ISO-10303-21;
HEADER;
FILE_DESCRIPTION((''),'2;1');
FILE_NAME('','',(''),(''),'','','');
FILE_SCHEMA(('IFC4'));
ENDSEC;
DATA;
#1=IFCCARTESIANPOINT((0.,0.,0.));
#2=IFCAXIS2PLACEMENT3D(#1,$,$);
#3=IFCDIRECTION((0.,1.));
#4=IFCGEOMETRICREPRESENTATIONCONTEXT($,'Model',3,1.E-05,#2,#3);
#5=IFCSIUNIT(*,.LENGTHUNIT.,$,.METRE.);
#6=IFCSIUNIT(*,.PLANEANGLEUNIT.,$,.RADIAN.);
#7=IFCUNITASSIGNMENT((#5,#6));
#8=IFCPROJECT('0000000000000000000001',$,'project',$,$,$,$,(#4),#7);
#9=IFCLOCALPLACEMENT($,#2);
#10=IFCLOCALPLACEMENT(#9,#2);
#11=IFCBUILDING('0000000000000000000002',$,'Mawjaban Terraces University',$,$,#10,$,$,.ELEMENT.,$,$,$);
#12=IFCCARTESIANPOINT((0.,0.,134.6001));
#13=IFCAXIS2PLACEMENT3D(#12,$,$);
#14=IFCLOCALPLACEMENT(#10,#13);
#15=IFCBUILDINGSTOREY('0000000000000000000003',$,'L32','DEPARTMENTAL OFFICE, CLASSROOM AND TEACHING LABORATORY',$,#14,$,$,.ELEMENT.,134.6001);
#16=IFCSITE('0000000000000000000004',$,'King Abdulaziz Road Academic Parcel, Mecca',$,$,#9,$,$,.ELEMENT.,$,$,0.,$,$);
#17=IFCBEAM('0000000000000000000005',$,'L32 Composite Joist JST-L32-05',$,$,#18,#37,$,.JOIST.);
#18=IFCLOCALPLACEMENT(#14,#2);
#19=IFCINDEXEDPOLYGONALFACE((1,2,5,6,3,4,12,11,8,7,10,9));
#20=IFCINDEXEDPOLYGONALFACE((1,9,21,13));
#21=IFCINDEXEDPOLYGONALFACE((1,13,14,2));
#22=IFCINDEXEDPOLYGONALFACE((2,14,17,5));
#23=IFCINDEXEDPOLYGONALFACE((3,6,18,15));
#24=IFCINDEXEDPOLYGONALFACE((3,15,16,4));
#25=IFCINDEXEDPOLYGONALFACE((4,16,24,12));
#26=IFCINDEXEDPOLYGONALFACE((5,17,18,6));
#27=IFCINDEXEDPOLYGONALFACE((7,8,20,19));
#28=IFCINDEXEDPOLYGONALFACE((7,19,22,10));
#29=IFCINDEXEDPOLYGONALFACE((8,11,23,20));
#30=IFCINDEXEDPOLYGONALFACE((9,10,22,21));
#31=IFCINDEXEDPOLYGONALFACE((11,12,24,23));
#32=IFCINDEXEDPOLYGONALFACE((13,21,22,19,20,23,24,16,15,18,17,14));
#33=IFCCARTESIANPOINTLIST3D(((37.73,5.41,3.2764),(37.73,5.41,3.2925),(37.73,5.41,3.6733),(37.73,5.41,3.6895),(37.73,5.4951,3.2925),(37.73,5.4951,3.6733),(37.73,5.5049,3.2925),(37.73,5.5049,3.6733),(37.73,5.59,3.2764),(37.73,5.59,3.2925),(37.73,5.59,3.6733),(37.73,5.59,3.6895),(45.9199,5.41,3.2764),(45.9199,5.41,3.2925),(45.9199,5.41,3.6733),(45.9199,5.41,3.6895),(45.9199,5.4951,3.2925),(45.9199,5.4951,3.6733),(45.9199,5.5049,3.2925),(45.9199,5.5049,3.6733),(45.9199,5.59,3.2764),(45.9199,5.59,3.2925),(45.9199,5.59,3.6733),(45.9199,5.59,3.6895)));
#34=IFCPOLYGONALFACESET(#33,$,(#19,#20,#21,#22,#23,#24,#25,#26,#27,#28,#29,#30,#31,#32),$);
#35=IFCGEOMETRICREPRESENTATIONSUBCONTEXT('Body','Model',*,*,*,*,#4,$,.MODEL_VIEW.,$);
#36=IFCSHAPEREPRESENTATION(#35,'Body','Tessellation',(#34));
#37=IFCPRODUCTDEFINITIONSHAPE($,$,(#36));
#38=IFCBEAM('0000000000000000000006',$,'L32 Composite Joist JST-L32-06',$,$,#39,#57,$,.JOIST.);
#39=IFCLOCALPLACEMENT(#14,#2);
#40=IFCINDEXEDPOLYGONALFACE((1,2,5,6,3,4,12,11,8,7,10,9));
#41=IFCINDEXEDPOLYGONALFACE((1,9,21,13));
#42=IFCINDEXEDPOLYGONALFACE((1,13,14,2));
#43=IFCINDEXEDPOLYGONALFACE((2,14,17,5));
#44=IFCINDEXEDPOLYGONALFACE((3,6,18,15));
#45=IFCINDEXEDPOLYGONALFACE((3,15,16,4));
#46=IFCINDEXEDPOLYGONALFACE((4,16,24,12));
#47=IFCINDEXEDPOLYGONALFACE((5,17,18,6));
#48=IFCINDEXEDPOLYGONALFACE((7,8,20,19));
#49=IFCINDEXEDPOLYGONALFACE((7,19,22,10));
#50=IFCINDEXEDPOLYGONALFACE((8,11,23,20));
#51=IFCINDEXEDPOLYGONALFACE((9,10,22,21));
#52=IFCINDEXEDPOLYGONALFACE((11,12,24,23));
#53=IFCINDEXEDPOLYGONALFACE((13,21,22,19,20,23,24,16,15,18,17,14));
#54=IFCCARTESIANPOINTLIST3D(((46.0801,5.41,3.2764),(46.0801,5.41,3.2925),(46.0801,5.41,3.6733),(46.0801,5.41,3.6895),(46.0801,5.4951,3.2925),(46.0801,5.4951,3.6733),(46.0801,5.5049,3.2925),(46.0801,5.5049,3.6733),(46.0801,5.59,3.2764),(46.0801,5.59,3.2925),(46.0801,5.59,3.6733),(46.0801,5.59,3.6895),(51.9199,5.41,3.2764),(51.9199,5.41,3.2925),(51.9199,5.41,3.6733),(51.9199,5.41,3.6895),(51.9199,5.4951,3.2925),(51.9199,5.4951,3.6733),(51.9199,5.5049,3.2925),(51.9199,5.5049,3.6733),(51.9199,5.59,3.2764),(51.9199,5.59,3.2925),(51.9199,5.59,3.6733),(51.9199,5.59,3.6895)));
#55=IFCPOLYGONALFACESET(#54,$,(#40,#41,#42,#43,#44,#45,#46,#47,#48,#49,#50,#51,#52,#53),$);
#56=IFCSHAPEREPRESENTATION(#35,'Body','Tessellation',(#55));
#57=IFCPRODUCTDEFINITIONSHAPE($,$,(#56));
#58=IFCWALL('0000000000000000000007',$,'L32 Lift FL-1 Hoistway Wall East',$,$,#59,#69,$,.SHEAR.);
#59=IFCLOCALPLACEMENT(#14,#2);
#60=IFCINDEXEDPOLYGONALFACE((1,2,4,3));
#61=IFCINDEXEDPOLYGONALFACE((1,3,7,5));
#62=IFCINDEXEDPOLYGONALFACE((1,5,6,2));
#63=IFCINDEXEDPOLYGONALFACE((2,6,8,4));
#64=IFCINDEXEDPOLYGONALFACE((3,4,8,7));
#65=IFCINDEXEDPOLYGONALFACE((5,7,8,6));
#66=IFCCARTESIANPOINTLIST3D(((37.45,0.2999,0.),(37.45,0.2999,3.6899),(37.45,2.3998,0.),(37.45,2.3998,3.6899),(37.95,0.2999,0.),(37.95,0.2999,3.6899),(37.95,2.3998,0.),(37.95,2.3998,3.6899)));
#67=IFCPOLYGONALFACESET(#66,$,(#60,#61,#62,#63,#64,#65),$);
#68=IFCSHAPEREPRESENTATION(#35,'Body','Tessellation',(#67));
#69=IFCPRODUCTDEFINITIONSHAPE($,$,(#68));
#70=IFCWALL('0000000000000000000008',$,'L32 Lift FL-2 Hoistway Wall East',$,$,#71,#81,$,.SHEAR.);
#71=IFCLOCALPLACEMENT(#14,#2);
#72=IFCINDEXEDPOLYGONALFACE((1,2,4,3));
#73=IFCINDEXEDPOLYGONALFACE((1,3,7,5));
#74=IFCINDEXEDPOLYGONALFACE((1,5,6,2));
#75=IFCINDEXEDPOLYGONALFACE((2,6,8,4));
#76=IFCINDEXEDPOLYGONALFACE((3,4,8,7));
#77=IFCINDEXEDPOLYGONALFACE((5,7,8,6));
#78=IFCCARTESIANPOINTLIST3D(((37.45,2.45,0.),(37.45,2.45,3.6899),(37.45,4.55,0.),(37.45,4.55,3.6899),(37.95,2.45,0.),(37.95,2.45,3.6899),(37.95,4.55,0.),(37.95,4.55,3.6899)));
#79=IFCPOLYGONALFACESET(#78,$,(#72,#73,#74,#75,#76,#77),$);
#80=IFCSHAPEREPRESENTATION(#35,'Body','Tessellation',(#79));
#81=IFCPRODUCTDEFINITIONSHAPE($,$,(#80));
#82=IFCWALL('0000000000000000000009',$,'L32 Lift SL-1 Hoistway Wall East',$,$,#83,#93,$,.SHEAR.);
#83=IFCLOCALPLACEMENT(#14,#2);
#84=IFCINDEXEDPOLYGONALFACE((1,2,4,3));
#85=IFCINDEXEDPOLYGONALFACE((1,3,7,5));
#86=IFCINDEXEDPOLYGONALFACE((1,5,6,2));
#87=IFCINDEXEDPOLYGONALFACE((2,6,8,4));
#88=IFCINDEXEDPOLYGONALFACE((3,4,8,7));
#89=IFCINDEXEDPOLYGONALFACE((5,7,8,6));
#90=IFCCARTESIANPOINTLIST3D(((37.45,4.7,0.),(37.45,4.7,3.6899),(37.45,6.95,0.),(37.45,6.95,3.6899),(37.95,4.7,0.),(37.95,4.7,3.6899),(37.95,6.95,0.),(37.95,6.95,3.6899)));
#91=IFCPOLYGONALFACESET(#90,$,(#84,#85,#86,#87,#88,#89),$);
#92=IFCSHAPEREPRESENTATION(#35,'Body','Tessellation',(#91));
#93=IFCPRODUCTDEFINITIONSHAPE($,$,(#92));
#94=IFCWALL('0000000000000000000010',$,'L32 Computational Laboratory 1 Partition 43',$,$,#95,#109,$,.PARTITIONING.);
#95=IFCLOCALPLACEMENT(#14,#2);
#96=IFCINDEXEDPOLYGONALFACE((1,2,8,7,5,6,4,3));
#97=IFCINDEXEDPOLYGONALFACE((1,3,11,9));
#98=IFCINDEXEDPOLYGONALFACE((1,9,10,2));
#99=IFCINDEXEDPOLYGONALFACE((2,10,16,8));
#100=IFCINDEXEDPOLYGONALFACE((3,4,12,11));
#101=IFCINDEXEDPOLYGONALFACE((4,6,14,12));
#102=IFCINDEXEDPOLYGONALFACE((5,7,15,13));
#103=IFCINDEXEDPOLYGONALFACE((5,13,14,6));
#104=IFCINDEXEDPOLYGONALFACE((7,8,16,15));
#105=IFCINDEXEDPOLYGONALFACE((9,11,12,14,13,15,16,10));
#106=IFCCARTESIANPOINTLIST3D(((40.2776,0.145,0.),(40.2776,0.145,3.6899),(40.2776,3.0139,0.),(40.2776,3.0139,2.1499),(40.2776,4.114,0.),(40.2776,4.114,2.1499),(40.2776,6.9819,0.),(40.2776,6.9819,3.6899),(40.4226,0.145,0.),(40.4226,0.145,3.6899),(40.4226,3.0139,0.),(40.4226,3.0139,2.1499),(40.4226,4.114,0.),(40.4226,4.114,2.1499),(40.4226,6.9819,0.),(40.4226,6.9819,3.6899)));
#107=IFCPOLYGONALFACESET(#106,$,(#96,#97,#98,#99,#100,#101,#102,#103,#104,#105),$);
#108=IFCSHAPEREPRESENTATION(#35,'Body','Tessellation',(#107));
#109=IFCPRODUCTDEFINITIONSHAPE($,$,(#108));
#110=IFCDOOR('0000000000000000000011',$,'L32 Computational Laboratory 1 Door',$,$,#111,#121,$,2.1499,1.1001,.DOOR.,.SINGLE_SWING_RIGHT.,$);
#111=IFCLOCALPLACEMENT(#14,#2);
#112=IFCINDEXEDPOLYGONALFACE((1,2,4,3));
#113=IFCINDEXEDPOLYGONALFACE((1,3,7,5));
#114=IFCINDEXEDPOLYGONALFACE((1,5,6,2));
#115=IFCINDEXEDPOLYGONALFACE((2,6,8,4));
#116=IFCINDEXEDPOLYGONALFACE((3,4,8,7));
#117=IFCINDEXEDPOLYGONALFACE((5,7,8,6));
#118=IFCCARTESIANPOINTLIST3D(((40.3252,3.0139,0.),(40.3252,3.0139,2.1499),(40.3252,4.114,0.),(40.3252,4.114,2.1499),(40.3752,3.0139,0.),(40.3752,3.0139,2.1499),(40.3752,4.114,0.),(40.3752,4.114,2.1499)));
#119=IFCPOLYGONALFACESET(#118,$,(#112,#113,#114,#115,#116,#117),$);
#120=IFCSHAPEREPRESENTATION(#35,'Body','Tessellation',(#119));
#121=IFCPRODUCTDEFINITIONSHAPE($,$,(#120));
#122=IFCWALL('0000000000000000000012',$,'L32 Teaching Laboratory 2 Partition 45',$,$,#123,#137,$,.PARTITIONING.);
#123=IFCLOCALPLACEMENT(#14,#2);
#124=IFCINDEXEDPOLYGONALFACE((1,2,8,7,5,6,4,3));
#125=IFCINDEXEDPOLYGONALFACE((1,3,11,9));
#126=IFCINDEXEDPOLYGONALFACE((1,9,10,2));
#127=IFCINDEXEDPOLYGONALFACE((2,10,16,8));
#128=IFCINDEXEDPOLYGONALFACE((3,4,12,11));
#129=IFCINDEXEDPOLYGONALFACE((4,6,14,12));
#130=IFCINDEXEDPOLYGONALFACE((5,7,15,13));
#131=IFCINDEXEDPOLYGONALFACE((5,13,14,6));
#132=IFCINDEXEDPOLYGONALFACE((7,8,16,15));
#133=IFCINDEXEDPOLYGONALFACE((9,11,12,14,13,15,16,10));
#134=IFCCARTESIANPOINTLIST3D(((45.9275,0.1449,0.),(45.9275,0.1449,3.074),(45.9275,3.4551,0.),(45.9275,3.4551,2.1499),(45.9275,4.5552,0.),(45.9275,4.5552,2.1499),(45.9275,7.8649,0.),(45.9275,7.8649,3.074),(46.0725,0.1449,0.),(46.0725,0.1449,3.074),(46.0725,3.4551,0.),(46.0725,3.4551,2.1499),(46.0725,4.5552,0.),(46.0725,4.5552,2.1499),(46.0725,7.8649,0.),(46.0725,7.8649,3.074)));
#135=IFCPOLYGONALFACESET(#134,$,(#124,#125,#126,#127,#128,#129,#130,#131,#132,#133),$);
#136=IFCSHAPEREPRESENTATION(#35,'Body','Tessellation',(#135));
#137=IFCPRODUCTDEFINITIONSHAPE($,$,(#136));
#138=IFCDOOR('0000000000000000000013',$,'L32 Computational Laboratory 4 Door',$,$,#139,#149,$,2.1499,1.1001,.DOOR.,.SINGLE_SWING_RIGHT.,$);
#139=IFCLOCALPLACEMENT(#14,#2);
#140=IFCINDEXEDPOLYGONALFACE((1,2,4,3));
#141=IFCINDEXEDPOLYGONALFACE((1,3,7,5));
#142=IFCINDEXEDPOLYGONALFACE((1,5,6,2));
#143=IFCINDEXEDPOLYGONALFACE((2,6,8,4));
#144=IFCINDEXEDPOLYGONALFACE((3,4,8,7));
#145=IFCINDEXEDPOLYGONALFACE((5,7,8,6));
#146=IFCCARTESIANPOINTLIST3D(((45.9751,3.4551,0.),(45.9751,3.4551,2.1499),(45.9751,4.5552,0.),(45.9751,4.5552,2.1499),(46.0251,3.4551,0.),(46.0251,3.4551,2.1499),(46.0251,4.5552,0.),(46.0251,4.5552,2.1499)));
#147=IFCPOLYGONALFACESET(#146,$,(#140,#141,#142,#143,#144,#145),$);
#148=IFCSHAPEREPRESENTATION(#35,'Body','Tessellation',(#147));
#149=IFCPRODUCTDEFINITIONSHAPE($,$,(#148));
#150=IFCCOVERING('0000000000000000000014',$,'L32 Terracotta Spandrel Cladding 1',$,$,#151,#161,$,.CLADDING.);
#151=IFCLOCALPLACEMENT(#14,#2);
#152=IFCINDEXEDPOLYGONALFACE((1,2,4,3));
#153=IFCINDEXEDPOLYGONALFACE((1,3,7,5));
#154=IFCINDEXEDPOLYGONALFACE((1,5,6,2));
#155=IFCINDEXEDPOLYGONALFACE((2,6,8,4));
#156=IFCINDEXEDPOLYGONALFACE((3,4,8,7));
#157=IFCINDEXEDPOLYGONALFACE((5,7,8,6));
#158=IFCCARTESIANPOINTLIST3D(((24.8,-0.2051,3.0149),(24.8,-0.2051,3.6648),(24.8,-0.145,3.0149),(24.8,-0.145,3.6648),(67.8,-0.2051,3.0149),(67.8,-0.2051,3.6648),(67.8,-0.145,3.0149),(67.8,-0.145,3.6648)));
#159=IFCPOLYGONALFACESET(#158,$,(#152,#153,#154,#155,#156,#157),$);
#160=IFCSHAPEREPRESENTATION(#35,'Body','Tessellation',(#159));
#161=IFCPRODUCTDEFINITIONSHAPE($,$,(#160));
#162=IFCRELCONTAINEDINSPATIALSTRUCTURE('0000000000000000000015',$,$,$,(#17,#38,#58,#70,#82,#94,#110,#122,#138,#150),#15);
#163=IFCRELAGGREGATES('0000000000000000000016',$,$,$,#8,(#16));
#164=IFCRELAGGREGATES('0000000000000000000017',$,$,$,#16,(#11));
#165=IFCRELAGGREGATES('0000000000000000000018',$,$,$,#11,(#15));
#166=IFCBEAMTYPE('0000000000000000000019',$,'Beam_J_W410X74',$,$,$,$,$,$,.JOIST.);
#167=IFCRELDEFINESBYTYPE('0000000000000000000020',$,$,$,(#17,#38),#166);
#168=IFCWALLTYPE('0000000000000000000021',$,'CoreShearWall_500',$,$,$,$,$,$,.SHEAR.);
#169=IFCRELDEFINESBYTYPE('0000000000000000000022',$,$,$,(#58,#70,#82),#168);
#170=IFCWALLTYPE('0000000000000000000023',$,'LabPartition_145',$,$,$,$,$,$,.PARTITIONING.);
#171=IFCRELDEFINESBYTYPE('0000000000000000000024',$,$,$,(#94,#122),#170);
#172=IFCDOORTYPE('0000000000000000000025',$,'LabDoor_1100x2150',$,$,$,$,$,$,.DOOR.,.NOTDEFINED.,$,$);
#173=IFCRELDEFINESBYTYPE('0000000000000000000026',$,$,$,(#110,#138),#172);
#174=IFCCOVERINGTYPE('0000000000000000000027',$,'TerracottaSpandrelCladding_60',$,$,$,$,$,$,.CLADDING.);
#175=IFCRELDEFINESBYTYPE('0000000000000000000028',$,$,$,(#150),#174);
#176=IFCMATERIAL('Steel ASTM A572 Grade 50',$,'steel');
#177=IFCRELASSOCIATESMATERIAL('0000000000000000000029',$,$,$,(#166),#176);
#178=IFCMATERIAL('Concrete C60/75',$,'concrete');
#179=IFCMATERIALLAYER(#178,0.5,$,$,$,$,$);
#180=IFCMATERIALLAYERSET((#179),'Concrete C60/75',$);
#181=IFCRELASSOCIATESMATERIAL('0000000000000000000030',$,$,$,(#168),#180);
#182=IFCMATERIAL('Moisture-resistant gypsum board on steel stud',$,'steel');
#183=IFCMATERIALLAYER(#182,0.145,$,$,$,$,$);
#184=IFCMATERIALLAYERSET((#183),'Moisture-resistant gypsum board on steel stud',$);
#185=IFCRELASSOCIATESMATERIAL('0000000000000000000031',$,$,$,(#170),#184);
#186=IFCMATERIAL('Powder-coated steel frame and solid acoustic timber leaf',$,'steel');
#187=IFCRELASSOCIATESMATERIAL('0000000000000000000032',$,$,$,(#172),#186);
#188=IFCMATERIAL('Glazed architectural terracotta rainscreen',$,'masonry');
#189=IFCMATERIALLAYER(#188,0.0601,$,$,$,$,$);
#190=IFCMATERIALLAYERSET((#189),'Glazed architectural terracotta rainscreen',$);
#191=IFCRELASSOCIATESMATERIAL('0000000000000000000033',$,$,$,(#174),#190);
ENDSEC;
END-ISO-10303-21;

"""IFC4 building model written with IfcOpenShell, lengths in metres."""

from ifc_helpers import new_model, si_unit, direction, frame, frame_2d, origin, origin_2d, place, context, subcontext, project, spatial, rectangle, i_section, extrude, material, layer, layer_set, material_profile, profile_set, type_object, element, fill, save


model = new_model("IFC4")

# Units and contexts
model_context = context("Model", 3, precision=1e-05, world=origin(), true_north=direction((0.0, 1.0)))
body_context = subcontext(model_context, "Body", "Model", "MODEL_VIEW")
ifc_project = project(units=[si_unit("LENGTHUNIT", "METRE"), si_unit("PLANEANGLEUNIT", "RADIAN")], contexts=[model_context])

# Site, building, storey
site_placement = place(None, origin())
site = spatial("IfcSite", under=ifc_project, at=site_placement, Name="King Abdulaziz Road Academic Parcel, Mecca", CompositionType="ELEMENT", RefElevation=0.0)
building_placement = place(site_placement, origin())
building = spatial("IfcBuilding", under=site, at=building_placement, Name="Mawjaban Terraces University", CompositionType="ELEMENT")
storey_placement = place(building_placement, frame((0.0, 0.0, 134.6001)))
storey = spatial("IfcBuildingStorey", under=building, at=storey_placement, Name="L32", Description="DEPARTMENTAL OFFICE, CLASSROOM AND TEACHING LABORATORY", CompositionType="ELEMENT", Elevation=134.6001)

# Shared definitions
ifc_material_1 = material(Name="Concrete C60/75", Category="concrete")

# Beams
ifc_material_2 = material(Name="Steel ASTM A572 Grade 50", Category="steel")
ifc_material_profile_1 = material_profile(ifc_material_2, i_section(OverallWidth=0.1799, OverallDepth=0.4131, WebThickness=0.0098, FlangeThickness=0.0161, at=origin_2d()), Name="W410X74")
ifc_profile_set_1 = profile_set([ifc_material_profile_1], Name="Steel ASTM A572 Grade 50")
beam_type_1 = type_object("IfcBeamType", Name="Beam_J_W410X74", PredefinedType="JOIST", material=ifc_profile_set_1)
beam_1_placement = place(storey_placement, frame((37.73, 5.5, 3.4829), z_axis=(1.0, 0.0, 0.0), x_axis=(0.0, 1.0, 0.0)))
element("IfcBeam", 1, at=beam_1_placement, inside=storey, type_object=beam_type_1, Name="L32 Composite Joist JST-L32-05", PredefinedType="JOIST", context=body_context, shape_type="SweptSolid", body=[
    extrude(i_section(OverallWidth=0.1799, OverallDepth=0.4131, WebThickness=0.0098, FlangeThickness=0.0161, at=origin_2d()), origin(), (0.0, 0.0, 1.0), 8.1899),
])
beam_2_placement = place(storey_placement, frame((46.0801, 5.5, 3.4829), z_axis=(1.0, 0.0, 0.0), x_axis=(0.0, 1.0, 0.0)))
element("IfcBeam", 2, at=beam_2_placement, inside=storey, type_object=beam_type_1, Name="L32 Composite Joist JST-L32-06", PredefinedType="JOIST", context=body_context, shape_type="SweptSolid", body=[
    extrude(i_section(OverallWidth=0.1799, OverallDepth=0.4131, WebThickness=0.0098, FlangeThickness=0.0161, at=origin_2d()), origin(), (0.0, 0.0, 1.0), 5.8398),
])

# Walls
ifc_layer_1 = layer(ifc_material_1, 0.5)
ifc_layer_set_1 = layer_set([ifc_layer_1], Name="Concrete C60/75")
wall_type_1 = type_object("IfcWallType", Name="CoreShearWall_500", PredefinedType="SHEAR", material=ifc_layer_set_1)
wall_1_placement = place(storey_placement, frame((37.7, 0.3, 0.0), z_axis=(0.0, 0.0, 1.0), x_axis=(0.0, 1.0, 0.0)))
element("IfcWall", 3, at=wall_1_placement, inside=storey, type_object=wall_type_1, Name="L32 Lift FL-1 Hoistway Wall East", PredefinedType="SHEAR", context=body_context, shape_type="SweptSolid", body=[
    extrude(rectangle(XDim=2.0999, YDim=0.5, at=frame_2d((1.0498, 0.0))), origin(), (0.0, 0.0, 1.0), 3.6899),
])
wall_2_placement = place(storey_placement, frame((37.7, 2.45, 0.0), z_axis=(0.0, 0.0, 1.0), x_axis=(0.0, 1.0, 0.0)))
element("IfcWall", 4, at=wall_2_placement, inside=storey, type_object=wall_type_1, Name="L32 Lift FL-2 Hoistway Wall East", PredefinedType="SHEAR", context=body_context, shape_type="SweptSolid", body=[
    extrude(rectangle(XDim=2.1001, YDim=0.5, at=frame_2d((1.05, 0.0))), origin(), (0.0, 0.0, 1.0), 3.6899),
])
wall_3_placement = place(storey_placement, frame((37.7, 4.7, 0.0), z_axis=(0.0, 0.0, 1.0), x_axis=(0.0, 1.0, 0.0)))
element("IfcWall", 5, at=wall_3_placement, inside=storey, type_object=wall_type_1, Name="L32 Lift SL-1 Hoistway Wall East", PredefinedType="SHEAR", context=body_context, shape_type="SweptSolid", body=[
    extrude(rectangle(XDim=2.25, YDim=0.5, at=frame_2d((1.125, 0.0))), origin(), (0.0, 0.0, 1.0), 3.6899),
])

# Walls, openings, doors
ifc_material_3 = material(Name="Moisture-resistant gypsum board on steel stud", Category="steel")
ifc_layer_2 = layer(ifc_material_3, 0.145)
ifc_layer_set_2 = layer_set([ifc_layer_2], Name="Moisture-resistant gypsum board on steel stud")
wall_type_2 = type_object("IfcWallType", Name="LabPartition_145", PredefinedType="PARTITIONING", material=ifc_layer_set_2)
wall_4_placement = place(storey_placement, frame((40.3501, 0.145, 0.0), z_axis=(0.0, 0.0, 1.0), x_axis=(0.0, 1.0, 0.0)))
wall_4 = element("IfcWall", 6, at=wall_4_placement, inside=storey, type_object=wall_type_2, Name="L32 Computational Laboratory 1 Partition 43", PredefinedType="PARTITIONING", context=body_context, shape_type="SweptSolid", body=[
    extrude(rectangle(XDim=6.8369, YDim=0.145, at=frame_2d((3.4185, 0.0))), origin(), (0.0, 0.0, 1.0), 3.6899),
])
opening_1_placement = place(wall_4_placement, frame((2.8689, 0.0, 0.0)))
opening_1 = element("IfcOpeningElement", 7, at=opening_1_placement, cuts=wall_4, PredefinedType="OPENING", context=body_context, shape_type="SweptSolid", body=[
    extrude(rectangle(XDim=1.1001, YDim=2.1499, at=frame_2d((0.55, 1.075))), frame((0.0, 0.0825, 0.0), z_axis=(0.0, -1.0, 0.0), x_axis=(1.0, 0.0, 0.0)), (0.0, 0.0, 1.0), 0.165),
])
ifc_material_4 = material(Name="Powder-coated steel frame and solid acoustic timber leaf", Category="steel")
door_type = type_object("IfcDoorType", Name="LabDoor_1100x2150", OperationType="NOTDEFINED", PredefinedType="DOOR", material=ifc_material_4)
door_1_placement = place(opening_1_placement, origin())
door_1 = element("IfcDoor", 8, at=door_1_placement, inside=storey, type_object=door_type, Name="L32 Computational Laboratory 1 Door", OperationType="SINGLE_SWING_RIGHT", OverallHeight=2.1499, OverallWidth=1.1001, PredefinedType="DOOR", context=body_context, shape_type="SweptSolid", body=[
    extrude(rectangle(XDim=1.1001, YDim=2.1499, at=frame_2d((0.55, 1.075))), frame((0.0, 0.0249, 0.0), z_axis=(0.0, -1.0, 0.0), x_axis=(1.0, 0.0, 0.0)), (0.0, 0.0, 1.0), 0.05),
])
fill(opening_1, door_1)
wall_5_placement = place(storey_placement, frame((46.0, 0.145, 0.0), z_axis=(0.0, 0.0, 1.0), x_axis=(0.0, 1.0, 0.0)))
wall_5 = element("IfcWall", 9, at=wall_5_placement, inside=storey, type_object=wall_type_2, Name="L32 Teaching Laboratory 2 Partition 45", PredefinedType="PARTITIONING", context=body_context, shape_type="SweptSolid", body=[
    extrude(rectangle(XDim=7.72, YDim=0.145, at=frame_2d((3.8599, 0.0))), origin(), (0.0, 0.0, 1.0), 3.074),
])
opening_2_placement = place(wall_5_placement, frame((3.3101, 0.0, 0.0)))
opening_2 = element("IfcOpeningElement", 10, at=opening_2_placement, cuts=wall_5, PredefinedType="OPENING", context=body_context, shape_type="SweptSolid", body=[
    extrude(rectangle(XDim=1.1001, YDim=2.1499, at=frame_2d((0.55, 1.075))), frame((0.0, 0.0825, 0.0), z_axis=(0.0, -1.0, 0.0), x_axis=(1.0, 0.0, 0.0)), (0.0, 0.0, 1.0), 0.165),
])
door_2_placement = place(opening_2_placement, origin())
door_2 = element("IfcDoor", 11, at=door_2_placement, inside=storey, type_object=door_type, Name="L32 Computational Laboratory 4 Door", OperationType="SINGLE_SWING_RIGHT", OverallHeight=2.1499, OverallWidth=1.1001, PredefinedType="DOOR", context=body_context, shape_type="SweptSolid", body=[
    extrude(rectangle(XDim=1.1001, YDim=2.1499, at=frame_2d((0.55, 1.075))), frame((0.0, 0.0249, 0.0), z_axis=(0.0, -1.0, 0.0), x_axis=(1.0, 0.0, 0.0)), (0.0, 0.0, 1.0), 0.05),
])
fill(opening_2, door_2)

# Covering
ifc_material_5 = material(Name="Glazed architectural terracotta rainscreen", Category="masonry")
ifc_layer_3 = layer(ifc_material_5, 0.0601)
ifc_layer_set_3 = layer_set([ifc_layer_3], Name="Glazed architectural terracotta rainscreen")
covering_type = type_object("IfcCoveringType", Name="TerracottaSpandrelCladding_60", PredefinedType="CLADDING", material=ifc_layer_set_3)
covering_placement = place(storey_placement, frame((46.3, -0.175, 3.0149), z_axis=(0.0, 0.0, 1.0), x_axis=(1.0, 0.0, 0.0)))
element("IfcCovering", 12, at=covering_placement, inside=storey, type_object=covering_type, Name="L32 Terracotta Spandrel Cladding 1", PredefinedType="CLADDING", context=body_context, shape_type="SweptSolid", body=[
    extrude(rectangle(XDim=43.0, YDim=0.0601, at=origin_2d()), origin(), (0.0, 0.0, 1.0), 0.6499),
])

save(model, "model.ifc")
